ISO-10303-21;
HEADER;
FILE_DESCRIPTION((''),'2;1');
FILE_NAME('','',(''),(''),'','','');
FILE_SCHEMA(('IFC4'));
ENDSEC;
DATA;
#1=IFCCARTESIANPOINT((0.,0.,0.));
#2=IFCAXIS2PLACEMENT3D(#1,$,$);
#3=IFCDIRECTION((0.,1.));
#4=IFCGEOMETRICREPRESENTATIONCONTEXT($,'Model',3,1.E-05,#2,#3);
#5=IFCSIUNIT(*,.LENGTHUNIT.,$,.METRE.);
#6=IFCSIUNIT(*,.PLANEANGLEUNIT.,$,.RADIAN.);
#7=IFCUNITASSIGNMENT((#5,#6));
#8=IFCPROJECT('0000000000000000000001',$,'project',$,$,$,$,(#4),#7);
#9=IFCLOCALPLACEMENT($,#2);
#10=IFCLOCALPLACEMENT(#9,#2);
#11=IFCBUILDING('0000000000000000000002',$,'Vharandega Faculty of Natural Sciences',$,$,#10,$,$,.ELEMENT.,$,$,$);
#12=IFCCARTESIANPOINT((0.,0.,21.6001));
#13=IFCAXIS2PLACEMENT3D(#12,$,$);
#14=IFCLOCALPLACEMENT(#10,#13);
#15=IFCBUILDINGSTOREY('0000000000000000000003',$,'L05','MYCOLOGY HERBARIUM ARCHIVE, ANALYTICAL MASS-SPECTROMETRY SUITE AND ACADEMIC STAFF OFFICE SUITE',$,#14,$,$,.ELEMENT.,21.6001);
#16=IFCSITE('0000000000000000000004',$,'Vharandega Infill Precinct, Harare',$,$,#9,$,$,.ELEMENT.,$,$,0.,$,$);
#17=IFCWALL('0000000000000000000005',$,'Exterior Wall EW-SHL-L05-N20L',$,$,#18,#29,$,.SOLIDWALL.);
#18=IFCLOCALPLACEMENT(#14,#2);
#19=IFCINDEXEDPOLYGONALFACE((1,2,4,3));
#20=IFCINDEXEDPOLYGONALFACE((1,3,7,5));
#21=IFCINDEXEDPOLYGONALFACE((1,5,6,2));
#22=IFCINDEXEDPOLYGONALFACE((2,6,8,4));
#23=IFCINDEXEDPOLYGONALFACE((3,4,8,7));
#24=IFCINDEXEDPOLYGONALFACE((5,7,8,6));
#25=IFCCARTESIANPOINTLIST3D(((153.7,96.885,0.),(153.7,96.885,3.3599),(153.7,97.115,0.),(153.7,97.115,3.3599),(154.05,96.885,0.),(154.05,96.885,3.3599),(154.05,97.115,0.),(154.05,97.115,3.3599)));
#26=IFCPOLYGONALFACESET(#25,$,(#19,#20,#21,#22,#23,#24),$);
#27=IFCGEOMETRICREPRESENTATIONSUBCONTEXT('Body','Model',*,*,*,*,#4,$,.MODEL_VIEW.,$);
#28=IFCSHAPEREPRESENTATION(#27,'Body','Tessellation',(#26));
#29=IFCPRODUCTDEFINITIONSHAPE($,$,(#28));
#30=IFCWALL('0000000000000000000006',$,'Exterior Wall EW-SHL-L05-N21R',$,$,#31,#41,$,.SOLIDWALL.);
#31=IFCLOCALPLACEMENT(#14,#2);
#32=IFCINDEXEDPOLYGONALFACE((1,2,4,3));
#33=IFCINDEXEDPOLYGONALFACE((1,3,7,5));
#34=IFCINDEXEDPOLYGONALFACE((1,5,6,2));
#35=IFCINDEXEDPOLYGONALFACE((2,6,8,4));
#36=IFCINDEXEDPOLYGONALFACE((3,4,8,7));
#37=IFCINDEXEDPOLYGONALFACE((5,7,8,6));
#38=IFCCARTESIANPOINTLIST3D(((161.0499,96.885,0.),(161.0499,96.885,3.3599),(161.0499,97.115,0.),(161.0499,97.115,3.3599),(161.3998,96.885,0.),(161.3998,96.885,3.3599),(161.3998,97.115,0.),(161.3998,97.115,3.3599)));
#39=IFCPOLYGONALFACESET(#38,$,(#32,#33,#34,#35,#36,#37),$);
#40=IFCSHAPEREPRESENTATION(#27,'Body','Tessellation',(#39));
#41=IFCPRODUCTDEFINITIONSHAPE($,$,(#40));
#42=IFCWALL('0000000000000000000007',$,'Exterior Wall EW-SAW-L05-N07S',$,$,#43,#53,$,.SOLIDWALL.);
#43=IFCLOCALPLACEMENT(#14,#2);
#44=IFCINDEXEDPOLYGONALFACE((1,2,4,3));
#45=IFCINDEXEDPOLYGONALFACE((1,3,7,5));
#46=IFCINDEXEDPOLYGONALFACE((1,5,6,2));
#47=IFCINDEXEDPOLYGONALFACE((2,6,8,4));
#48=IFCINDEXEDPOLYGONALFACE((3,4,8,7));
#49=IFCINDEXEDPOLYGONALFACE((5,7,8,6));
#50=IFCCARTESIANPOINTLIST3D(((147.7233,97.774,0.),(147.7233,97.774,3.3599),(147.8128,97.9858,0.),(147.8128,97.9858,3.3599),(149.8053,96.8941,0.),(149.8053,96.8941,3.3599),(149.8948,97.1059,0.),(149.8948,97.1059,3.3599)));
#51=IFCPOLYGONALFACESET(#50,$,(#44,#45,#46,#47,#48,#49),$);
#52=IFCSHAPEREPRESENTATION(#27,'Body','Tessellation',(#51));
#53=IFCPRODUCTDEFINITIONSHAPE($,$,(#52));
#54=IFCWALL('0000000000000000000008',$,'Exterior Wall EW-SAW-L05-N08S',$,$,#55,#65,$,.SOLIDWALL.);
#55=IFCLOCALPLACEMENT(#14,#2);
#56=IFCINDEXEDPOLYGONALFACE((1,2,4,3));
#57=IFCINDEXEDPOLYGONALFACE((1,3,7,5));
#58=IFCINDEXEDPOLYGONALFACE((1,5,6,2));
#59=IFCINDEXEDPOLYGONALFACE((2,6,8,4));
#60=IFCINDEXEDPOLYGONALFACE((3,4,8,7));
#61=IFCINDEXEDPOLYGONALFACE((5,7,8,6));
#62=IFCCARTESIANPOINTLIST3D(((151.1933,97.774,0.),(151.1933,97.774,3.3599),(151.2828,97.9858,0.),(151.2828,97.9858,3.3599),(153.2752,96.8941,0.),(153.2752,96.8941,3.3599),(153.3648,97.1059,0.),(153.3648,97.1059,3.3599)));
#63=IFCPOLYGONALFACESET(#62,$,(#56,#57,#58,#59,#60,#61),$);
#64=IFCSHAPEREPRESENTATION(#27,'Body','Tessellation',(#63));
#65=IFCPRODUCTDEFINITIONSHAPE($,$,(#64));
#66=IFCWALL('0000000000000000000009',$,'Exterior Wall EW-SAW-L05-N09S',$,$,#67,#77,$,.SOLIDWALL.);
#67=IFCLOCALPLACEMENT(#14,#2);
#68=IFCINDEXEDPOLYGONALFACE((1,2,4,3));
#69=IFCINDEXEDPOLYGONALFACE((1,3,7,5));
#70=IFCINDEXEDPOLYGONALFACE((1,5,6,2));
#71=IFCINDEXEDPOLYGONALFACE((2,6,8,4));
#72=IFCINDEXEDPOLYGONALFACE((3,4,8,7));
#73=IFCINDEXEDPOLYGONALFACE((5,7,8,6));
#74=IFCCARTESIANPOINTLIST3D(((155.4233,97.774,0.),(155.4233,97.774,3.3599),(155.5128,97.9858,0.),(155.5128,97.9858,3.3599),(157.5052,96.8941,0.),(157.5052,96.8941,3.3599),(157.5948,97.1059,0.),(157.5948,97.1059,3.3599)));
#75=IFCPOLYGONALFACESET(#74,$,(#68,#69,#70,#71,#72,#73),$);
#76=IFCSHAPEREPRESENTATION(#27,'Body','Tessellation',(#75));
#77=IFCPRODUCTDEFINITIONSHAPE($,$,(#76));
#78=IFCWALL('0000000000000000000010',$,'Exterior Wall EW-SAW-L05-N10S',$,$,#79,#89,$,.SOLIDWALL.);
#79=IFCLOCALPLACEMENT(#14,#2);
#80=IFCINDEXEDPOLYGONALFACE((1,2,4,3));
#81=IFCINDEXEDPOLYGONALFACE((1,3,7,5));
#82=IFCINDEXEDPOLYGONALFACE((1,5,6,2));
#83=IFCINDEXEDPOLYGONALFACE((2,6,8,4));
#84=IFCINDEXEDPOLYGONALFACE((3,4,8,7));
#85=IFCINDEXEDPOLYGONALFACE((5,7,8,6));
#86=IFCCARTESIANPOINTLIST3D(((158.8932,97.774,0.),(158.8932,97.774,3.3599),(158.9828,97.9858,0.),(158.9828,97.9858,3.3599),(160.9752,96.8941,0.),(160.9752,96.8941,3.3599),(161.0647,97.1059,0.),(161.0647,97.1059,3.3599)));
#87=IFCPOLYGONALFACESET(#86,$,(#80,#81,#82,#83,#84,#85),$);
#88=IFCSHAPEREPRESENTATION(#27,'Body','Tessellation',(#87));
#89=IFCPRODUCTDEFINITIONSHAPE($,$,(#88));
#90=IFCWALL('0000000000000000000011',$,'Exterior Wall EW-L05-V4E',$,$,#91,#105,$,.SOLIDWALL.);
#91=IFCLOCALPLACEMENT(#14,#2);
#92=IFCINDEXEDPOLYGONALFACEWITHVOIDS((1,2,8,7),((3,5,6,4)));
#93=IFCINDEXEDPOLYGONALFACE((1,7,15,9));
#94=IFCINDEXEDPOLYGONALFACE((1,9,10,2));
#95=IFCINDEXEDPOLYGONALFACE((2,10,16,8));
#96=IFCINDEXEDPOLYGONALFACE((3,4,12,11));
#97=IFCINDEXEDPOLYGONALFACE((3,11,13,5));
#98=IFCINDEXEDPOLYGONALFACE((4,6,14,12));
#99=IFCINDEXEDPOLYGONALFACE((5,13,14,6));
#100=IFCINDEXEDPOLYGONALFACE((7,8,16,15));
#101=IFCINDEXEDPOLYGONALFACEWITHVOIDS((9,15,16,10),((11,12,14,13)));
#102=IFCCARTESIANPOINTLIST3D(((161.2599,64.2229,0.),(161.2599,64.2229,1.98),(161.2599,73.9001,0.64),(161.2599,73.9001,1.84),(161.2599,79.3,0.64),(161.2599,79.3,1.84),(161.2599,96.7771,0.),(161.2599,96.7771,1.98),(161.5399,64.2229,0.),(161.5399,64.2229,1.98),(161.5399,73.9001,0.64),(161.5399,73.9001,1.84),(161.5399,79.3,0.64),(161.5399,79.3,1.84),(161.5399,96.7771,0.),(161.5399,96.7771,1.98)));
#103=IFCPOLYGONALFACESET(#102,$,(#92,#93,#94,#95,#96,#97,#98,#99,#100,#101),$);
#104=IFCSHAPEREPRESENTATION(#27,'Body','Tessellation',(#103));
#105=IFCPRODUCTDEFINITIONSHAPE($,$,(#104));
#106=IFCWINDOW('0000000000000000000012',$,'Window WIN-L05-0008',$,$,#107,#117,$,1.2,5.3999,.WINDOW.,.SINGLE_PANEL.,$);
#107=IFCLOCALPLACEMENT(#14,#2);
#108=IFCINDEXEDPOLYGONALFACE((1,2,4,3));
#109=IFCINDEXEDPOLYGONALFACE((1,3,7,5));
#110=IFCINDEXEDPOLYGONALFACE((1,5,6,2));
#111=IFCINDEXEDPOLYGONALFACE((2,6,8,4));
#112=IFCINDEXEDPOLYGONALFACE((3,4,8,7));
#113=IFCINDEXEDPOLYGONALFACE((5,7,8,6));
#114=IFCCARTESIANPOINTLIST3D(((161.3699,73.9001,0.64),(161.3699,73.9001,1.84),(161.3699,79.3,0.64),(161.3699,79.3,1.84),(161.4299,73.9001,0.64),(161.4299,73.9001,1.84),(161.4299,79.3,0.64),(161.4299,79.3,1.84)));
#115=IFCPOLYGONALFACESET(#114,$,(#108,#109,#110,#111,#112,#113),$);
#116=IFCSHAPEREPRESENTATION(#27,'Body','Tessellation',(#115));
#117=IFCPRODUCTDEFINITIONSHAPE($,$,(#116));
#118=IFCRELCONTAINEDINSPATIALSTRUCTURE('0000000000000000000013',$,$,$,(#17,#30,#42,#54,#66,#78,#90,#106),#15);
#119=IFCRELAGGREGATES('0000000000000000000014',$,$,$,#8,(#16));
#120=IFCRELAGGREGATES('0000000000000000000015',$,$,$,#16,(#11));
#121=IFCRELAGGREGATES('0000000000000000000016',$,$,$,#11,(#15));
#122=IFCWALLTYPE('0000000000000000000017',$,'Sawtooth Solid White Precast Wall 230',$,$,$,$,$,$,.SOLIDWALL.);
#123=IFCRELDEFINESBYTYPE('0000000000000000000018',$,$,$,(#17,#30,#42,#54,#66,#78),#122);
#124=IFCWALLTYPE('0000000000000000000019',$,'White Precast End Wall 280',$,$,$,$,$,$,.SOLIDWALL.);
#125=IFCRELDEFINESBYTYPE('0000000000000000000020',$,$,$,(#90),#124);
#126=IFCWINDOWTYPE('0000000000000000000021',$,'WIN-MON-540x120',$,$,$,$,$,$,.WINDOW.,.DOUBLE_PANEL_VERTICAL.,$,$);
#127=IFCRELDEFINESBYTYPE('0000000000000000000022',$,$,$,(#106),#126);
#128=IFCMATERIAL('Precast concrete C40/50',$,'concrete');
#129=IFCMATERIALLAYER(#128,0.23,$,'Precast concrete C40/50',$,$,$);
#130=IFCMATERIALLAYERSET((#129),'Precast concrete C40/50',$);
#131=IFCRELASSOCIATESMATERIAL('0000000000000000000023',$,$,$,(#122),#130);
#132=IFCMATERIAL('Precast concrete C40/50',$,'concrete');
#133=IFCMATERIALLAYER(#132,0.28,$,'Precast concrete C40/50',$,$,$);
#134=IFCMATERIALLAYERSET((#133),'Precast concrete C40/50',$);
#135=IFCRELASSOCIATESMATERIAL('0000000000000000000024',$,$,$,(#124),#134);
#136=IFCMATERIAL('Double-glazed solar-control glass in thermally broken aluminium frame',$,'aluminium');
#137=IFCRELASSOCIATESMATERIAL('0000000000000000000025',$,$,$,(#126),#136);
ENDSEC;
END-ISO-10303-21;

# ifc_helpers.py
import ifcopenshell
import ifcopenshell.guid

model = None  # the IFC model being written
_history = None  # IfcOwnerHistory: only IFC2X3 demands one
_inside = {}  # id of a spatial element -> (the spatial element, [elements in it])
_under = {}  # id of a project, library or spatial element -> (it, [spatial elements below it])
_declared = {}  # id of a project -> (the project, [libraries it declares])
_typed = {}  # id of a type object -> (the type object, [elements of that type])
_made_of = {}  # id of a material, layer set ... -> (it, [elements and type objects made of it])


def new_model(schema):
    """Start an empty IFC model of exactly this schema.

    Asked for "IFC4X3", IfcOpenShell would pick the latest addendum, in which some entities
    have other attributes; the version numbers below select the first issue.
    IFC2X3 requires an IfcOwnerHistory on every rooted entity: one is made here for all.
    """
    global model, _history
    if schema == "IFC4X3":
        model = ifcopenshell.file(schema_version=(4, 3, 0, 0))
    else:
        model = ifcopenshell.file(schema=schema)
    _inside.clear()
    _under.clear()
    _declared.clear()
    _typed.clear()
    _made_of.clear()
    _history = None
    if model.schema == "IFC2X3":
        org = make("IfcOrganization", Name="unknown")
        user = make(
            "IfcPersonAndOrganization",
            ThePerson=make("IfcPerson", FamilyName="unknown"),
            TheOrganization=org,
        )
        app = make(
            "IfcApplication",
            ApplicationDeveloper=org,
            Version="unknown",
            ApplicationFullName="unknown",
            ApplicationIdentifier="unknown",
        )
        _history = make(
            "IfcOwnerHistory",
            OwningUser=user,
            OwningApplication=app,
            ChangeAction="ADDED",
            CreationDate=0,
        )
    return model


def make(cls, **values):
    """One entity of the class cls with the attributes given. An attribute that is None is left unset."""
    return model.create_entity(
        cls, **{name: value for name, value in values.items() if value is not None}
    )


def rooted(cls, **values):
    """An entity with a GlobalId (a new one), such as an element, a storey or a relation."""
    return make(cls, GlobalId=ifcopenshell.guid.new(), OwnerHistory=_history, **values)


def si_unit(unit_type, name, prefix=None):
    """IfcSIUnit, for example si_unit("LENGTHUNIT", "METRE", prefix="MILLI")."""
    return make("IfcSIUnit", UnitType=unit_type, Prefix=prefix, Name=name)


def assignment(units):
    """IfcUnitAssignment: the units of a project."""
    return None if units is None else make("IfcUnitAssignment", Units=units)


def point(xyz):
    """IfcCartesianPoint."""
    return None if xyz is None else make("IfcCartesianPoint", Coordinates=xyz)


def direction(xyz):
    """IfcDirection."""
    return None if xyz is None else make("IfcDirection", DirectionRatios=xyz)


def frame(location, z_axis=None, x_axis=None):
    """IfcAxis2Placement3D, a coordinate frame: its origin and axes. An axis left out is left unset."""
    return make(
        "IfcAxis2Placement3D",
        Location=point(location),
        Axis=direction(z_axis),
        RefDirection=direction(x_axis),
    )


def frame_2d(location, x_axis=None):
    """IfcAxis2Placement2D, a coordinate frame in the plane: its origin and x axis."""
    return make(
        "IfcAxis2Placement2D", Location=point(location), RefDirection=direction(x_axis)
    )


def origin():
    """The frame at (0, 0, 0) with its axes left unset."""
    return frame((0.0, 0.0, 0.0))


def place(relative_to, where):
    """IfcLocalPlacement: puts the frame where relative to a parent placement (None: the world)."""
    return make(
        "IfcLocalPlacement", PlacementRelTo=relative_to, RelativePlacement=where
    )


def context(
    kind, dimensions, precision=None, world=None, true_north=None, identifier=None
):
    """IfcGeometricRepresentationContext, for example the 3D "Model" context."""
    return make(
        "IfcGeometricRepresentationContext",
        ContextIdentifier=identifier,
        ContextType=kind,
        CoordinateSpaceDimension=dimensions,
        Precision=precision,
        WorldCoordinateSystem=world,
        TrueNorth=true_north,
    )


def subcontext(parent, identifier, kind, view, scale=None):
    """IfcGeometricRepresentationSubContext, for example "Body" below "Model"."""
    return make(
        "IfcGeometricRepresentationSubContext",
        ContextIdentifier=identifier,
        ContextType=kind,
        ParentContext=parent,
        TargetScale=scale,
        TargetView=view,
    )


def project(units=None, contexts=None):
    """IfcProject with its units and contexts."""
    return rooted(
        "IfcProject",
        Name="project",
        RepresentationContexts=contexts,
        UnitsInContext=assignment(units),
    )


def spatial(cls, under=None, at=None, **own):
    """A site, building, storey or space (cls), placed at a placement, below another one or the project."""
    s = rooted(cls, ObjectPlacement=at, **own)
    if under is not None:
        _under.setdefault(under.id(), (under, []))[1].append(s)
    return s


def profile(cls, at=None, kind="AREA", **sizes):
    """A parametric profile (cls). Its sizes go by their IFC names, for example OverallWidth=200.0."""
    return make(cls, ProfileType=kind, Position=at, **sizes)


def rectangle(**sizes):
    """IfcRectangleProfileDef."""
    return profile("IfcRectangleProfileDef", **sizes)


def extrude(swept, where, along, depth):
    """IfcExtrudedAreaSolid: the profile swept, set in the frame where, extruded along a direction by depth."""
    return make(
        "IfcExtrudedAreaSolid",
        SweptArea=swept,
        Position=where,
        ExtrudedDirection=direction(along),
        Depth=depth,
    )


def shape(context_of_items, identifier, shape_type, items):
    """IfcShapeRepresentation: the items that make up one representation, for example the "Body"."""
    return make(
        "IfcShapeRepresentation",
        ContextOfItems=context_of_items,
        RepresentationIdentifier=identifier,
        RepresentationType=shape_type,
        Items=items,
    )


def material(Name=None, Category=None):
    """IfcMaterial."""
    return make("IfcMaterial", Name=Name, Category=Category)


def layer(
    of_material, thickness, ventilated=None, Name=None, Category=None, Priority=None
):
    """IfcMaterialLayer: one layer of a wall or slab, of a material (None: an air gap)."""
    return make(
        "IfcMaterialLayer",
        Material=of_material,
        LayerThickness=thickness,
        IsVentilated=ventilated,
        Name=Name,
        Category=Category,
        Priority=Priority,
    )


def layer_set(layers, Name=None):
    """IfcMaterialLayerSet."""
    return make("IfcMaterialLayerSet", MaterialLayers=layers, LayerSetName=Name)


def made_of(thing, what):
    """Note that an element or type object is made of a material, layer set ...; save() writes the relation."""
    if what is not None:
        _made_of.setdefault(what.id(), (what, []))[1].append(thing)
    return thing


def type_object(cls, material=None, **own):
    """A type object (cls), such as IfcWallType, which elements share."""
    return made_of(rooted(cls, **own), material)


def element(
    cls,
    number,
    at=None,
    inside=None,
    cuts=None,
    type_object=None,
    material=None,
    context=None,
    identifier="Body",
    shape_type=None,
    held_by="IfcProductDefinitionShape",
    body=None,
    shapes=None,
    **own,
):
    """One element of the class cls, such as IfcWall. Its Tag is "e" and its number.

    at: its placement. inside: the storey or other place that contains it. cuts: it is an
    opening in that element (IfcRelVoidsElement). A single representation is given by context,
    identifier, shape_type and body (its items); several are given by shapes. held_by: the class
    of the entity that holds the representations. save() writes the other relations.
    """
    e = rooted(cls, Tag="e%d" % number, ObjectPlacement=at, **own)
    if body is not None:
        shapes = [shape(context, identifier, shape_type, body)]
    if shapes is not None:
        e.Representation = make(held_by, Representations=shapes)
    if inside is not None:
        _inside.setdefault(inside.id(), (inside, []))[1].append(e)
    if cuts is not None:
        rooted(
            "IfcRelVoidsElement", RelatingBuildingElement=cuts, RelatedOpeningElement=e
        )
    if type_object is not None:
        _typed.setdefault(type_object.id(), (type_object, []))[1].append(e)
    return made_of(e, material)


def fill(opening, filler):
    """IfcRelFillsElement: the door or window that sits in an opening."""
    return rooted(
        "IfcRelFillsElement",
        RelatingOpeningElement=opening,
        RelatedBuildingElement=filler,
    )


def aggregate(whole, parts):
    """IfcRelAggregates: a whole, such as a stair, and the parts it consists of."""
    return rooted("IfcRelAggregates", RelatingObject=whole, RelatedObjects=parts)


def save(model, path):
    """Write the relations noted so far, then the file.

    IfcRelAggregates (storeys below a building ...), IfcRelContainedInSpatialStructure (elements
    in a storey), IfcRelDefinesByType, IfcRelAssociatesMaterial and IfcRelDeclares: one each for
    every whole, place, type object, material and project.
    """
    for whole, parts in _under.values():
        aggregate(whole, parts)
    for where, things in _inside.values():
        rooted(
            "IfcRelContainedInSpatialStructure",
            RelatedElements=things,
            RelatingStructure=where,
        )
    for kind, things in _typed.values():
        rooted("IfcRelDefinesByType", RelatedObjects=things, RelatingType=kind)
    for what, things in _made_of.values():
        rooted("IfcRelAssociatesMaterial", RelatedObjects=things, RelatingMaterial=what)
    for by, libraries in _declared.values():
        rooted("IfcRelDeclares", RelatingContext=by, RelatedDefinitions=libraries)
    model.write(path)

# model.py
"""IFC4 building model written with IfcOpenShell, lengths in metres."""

from ifc_helpers import new_model, si_unit, direction, frame, frame_2d, origin, place, context, subcontext, project, spatial, rectangle, extrude, material, layer, layer_set, type_object, element, fill, save


model = new_model("IFC4")

# Units and contexts
model_context = context("Model", 3, precision=1e-05, world=origin(), true_north=direction((0.0, 1.0)))
body_context = subcontext(model_context, "Body", "Model", "MODEL_VIEW")
ifc_project = project(units=[si_unit("LENGTHUNIT", "METRE"), si_unit("PLANEANGLEUNIT", "RADIAN")], contexts=[model_context])

# Site, building, storey
site_placement = place(None, origin())
site = spatial("IfcSite", under=ifc_project, at=site_placement, Name="Vharandega Infill Precinct, Harare", CompositionType="ELEMENT", RefElevation=0.0)
building_placement = place(site_placement, origin())
building = spatial("IfcBuilding", under=site, at=building_placement, Name="Vharandega Faculty of Natural Sciences", CompositionType="ELEMENT")
storey_placement = place(building_placement, frame((0.0, 0.0, 21.6001)))
storey = spatial("IfcBuildingStorey", under=building, at=storey_placement, Name="L05", Description="MYCOLOGY HERBARIUM ARCHIVE, ANALYTICAL MASS-SPECTROMETRY SUITE AND ACADEMIC STAFF OFFICE SUITE", CompositionType="ELEMENT", Elevation=21.6001)

# Walls
ifc_material_1 = material(Name="Precast concrete C40/50", Category="concrete")
ifc_layer_1 = layer(ifc_material_1, 0.23, Name="Precast concrete C40/50")
ifc_layer_set_1 = layer_set([ifc_layer_1], Name="Precast concrete C40/50")
wall_type_1 = type_object("IfcWallType", Name="Sawtooth Solid White Precast Wall 230", PredefinedType="SOLIDWALL", material=ifc_layer_set_1)
wall_1_placement = place(storey_placement, frame((153.7, 97.0, 0.0), z_axis=(0.0, 0.0, 1.0), x_axis=(1.0, 0.0, 0.0)))
element("IfcWall", 1, at=wall_1_placement, inside=storey, type_object=wall_type_1, Name="Exterior Wall EW-SHL-L05-N20L", PredefinedType="SOLIDWALL", context=body_context, shape_type="SweptSolid", body=[
    extrude(rectangle(XDim=0.3501, YDim=0.23, at=frame_2d((0.175, 0.0))), origin(), (0.0, 0.0, 1.0), 3.3599),
])
wall_2_placement = place(storey_placement, frame((161.05, 97.0, 0.0), z_axis=(0.0, 0.0, 1.0), x_axis=(1.0, 0.0, 0.0)))
element("IfcWall", 2, at=wall_2_placement, inside=storey, type_object=wall_type_1, Name="Exterior Wall EW-SHL-L05-N21R", PredefinedType="SOLIDWALL", context=body_context, shape_type="SweptSolid", body=[
    extrude(rectangle(XDim=0.3499, YDim=0.23, at=frame_2d((0.1748, 0.0))), origin(), (0.0, 0.0, 1.0), 3.3599),
])
for number, where, z_axis, x_axis, name in (
    (3, (147.7681, 97.8799, 0.0), (0.0, 0.0, 1.0), (0.921122, -0.389274, 0.0), "Exterior Wall EW-SAW-L05-N07S"),
    (4, (151.238, 97.8799, 0.0), (0.0, 0.0, 1.0), (0.921122, -0.389274, 0.0), "Exterior Wall EW-SAW-L05-N08S"),
    (5, (155.468, 97.8799, 0.0), (0.0, 0.0, 1.0), (0.921122, -0.389274, 0.0), "Exterior Wall EW-SAW-L05-N09S"),
    (6, (158.938, 97.8799, 0.0), (0.0, 0.0, 1.0), (0.921122, -0.389274, 0.0), "Exterior Wall EW-SAW-L05-N10S"),
):
    element("IfcWall", number, at=place(storey_placement, frame(where, z_axis=z_axis, x_axis=x_axis)), inside=storey, type_object=wall_type_1, Name=name, PredefinedType="SOLIDWALL", context=body_context, shape_type="SweptSolid", body=[
        extrude(rectangle(XDim=2.2603, YDim=0.23, at=frame_2d((1.1301, 0.0))), origin(), (0.0, 0.0, 1.0), 3.3599),
    ])

# Wall, opening, window
ifc_material_2 = material(Name="Precast concrete C40/50", Category="concrete")
ifc_layer_2 = layer(ifc_material_2, 0.28, Name="Precast concrete C40/50")
ifc_layer_set_2 = layer_set([ifc_layer_2], Name="Precast concrete C40/50")
wall_type_2 = type_object("IfcWallType", Name="White Precast End Wall 280", PredefinedType="SOLIDWALL", material=ifc_layer_set_2)
wall_3_placement = place(storey_placement, frame((161.3999, 96.7771, 0.0), z_axis=(0.0, 0.0, 1.0), x_axis=(0.0, -1.0, 0.0)))
wall_3 = element("IfcWall", 7, at=wall_3_placement, inside=storey, type_object=wall_type_2, Name="Exterior Wall EW-L05-V4E", PredefinedType="SOLIDWALL", context=body_context, shape_type="SweptSolid", body=[
    extrude(rectangle(XDim=32.5542, YDim=0.28, at=frame_2d((16.2771, 0.0))), origin(), (0.0, 0.0, 1.0), 1.98),
])
opening_1_placement = place(wall_3_placement, frame((17.4771, 0.0, 0.6399)))
opening_1 = element("IfcOpeningElement", 8, at=opening_1_placement, cuts=wall_3, PredefinedType="OPENING", context=body_context, shape_type="SweptSolid", body=[
    extrude(rectangle(XDim=5.3999, YDim=1.2, at=frame_2d((2.7, 0.6001))), frame((0.0, 0.1499, 0.0), z_axis=(0.0, -1.0, 0.0), x_axis=(1.0, 0.0, 0.0)), (0.0, 0.0, 1.0), 0.3),
])
ifc_material_3 = material(Name="Double-glazed solar-control glass in thermally broken aluminium frame", Category="aluminium")
window_type_1 = type_object("IfcWindowType", Name="WIN-MON-540x120", PartitioningType="DOUBLE_PANEL_VERTICAL", PredefinedType="WINDOW", material=ifc_material_3)
window_1_placement = place(opening_1_placement, origin())
window_1 = element("IfcWindow", 9, at=window_1_placement, inside=storey, type_object=window_type_1, Name="Window WIN-L05-0008", OverallHeight=1.2, OverallWidth=5.3999, PartitioningType="SINGLE_PANEL", PredefinedType="WINDOW", context=body_context, shape_type="SweptSolid", body=[
    extrude(rectangle(XDim=5.3999, YDim=1.2, at=frame_2d((2.7, 0.6001))), frame((0.0, 0.03, 0.0), z_axis=(0.0, -1.0, 0.0), x_axis=(1.0, 0.0, 0.0)), (0.0, 0.0, 1.0), 0.0601),
])
fill(opening_1, window_1)

save(model, "model.ifc")
